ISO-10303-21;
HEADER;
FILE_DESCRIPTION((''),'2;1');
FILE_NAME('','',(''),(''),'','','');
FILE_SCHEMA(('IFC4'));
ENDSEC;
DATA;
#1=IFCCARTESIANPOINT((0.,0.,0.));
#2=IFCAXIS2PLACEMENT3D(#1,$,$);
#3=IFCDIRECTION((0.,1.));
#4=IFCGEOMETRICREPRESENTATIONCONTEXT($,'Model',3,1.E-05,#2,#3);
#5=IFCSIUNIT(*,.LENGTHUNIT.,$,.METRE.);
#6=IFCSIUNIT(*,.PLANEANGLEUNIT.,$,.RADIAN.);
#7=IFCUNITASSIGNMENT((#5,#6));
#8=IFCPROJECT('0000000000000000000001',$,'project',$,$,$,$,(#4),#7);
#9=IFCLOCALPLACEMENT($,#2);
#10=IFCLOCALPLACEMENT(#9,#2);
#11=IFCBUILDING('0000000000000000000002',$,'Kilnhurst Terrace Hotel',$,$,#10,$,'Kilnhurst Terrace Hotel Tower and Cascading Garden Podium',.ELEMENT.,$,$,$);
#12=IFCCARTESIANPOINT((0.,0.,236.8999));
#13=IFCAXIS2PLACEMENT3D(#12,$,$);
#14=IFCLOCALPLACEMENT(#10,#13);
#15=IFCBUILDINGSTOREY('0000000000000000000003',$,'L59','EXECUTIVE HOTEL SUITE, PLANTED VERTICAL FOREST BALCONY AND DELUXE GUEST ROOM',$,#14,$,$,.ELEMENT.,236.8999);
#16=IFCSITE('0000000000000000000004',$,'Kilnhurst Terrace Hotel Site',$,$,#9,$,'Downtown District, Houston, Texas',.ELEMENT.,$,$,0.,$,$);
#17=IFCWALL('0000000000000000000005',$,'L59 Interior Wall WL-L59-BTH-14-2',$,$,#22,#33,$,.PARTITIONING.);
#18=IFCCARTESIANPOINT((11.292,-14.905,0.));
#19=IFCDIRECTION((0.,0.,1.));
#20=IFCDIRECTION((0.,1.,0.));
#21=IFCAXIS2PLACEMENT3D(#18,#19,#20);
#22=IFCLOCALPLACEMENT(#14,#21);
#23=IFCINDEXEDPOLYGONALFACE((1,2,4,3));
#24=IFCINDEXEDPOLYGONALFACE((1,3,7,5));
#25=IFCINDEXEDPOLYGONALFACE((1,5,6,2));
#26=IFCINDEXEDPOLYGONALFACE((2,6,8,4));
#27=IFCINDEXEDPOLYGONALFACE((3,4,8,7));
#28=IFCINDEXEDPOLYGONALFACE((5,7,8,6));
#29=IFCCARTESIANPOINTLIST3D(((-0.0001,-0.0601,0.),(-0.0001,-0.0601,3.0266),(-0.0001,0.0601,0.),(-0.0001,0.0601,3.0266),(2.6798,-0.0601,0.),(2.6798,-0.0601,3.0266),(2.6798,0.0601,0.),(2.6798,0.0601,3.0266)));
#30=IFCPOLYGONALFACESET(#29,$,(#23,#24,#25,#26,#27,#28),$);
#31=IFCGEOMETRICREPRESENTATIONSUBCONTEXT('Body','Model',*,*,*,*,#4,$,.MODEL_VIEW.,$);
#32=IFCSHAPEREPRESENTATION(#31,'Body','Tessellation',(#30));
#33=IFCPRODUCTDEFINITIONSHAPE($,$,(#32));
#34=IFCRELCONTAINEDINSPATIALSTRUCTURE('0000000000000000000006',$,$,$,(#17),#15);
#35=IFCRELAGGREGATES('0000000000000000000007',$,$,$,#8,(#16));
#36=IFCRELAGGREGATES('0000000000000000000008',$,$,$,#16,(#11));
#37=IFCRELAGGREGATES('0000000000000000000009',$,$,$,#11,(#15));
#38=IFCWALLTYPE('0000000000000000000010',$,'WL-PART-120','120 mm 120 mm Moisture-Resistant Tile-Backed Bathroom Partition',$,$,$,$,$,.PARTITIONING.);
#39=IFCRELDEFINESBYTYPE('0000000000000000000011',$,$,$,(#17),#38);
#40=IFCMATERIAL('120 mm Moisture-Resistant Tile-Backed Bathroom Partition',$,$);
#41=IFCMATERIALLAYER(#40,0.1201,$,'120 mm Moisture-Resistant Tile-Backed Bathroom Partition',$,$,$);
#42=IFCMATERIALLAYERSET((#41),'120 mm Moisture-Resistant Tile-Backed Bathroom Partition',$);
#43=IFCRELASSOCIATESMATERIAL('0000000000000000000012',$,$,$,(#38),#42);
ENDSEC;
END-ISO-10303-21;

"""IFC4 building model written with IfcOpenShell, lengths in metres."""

from ifc_helpers import new_model, si_unit, direction, frame, frame_2d, origin, place, context, subcontext, project, spatial, rectangle, extrude, material, layer, layer_set, type_object, element, save


model = new_model("IFC4")

# Units and contexts
model_context = context("Model", 3, precision=1e-05, world=origin(), true_north=direction((0.0, 1.0)))
body_context = subcontext(model_context, "Body", "Model", "MODEL_VIEW")
ifc_project = project(units=[si_unit("LENGTHUNIT", "METRE"), si_unit("PLANEANGLEUNIT", "RADIAN")], contexts=[model_context])

# Site, building, storey
site_placement = place(None, origin())
site = spatial("IfcSite", under=ifc_project, at=site_placement, Name="Kilnhurst Terrace Hotel Site", LongName="Downtown District, Houston, Texas", CompositionType="ELEMENT", RefElevation=0.0)
building_placement = place(site_placement, origin())
building = spatial("IfcBuilding", under=site, at=building_placement, Name="Kilnhurst Terrace Hotel", LongName="Kilnhurst Terrace Hotel Tower and Cascading Garden Podium", CompositionType="ELEMENT")
storey_placement = place(building_placement, frame((0.0, 0.0, 236.8999)))
storey = spatial("IfcBuildingStorey", under=building, at=storey_placement, Name="L59", Description="EXECUTIVE HOTEL SUITE, PLANTED VERTICAL FOREST BALCONY AND DELUXE GUEST ROOM", CompositionType="ELEMENT", Elevation=236.8999)

# Wall
ifc_material_1 = material(Name="120 mm Moisture-Resistant Tile-Backed Bathroom Partition")
ifc_layer_1 = layer(ifc_material_1, 0.1201, Name="120 mm Moisture-Resistant Tile-Backed Bathroom Partition")
ifc_layer_set_1 = layer_set([ifc_layer_1], Name="120 mm Moisture-Resistant Tile-Backed Bathroom Partition")
wall_type_1 = type_object("IfcWallType", Name="WL-PART-120", Description="120 mm 120 mm Moisture-Resistant Tile-Backed Bathroom Partition", PredefinedType="PARTITIONING", material=ifc_layer_set_1)
wall_1_placement = place(storey_placement, frame((11.292, -14.905, 0.0), z_axis=(0.0, 0.0, 1.0), x_axis=(0.0, 1.0, 0.0)))
element("IfcWall", 1, at=wall_1_placement, inside=storey, type_object=wall_type_1, Name="L59 Interior Wall WL-L59-BTH-14-2", PredefinedType="PARTITIONING", context=body_context, shape_type="SweptSolid", body=[
    extrude(rectangle(XDim=2.6799, YDim=0.1201, at=frame_2d((1.3398, 0.0))), origin(), (0.0, 0.0, 1.0), 3.0266),
])

save(model, "model.ifc")
